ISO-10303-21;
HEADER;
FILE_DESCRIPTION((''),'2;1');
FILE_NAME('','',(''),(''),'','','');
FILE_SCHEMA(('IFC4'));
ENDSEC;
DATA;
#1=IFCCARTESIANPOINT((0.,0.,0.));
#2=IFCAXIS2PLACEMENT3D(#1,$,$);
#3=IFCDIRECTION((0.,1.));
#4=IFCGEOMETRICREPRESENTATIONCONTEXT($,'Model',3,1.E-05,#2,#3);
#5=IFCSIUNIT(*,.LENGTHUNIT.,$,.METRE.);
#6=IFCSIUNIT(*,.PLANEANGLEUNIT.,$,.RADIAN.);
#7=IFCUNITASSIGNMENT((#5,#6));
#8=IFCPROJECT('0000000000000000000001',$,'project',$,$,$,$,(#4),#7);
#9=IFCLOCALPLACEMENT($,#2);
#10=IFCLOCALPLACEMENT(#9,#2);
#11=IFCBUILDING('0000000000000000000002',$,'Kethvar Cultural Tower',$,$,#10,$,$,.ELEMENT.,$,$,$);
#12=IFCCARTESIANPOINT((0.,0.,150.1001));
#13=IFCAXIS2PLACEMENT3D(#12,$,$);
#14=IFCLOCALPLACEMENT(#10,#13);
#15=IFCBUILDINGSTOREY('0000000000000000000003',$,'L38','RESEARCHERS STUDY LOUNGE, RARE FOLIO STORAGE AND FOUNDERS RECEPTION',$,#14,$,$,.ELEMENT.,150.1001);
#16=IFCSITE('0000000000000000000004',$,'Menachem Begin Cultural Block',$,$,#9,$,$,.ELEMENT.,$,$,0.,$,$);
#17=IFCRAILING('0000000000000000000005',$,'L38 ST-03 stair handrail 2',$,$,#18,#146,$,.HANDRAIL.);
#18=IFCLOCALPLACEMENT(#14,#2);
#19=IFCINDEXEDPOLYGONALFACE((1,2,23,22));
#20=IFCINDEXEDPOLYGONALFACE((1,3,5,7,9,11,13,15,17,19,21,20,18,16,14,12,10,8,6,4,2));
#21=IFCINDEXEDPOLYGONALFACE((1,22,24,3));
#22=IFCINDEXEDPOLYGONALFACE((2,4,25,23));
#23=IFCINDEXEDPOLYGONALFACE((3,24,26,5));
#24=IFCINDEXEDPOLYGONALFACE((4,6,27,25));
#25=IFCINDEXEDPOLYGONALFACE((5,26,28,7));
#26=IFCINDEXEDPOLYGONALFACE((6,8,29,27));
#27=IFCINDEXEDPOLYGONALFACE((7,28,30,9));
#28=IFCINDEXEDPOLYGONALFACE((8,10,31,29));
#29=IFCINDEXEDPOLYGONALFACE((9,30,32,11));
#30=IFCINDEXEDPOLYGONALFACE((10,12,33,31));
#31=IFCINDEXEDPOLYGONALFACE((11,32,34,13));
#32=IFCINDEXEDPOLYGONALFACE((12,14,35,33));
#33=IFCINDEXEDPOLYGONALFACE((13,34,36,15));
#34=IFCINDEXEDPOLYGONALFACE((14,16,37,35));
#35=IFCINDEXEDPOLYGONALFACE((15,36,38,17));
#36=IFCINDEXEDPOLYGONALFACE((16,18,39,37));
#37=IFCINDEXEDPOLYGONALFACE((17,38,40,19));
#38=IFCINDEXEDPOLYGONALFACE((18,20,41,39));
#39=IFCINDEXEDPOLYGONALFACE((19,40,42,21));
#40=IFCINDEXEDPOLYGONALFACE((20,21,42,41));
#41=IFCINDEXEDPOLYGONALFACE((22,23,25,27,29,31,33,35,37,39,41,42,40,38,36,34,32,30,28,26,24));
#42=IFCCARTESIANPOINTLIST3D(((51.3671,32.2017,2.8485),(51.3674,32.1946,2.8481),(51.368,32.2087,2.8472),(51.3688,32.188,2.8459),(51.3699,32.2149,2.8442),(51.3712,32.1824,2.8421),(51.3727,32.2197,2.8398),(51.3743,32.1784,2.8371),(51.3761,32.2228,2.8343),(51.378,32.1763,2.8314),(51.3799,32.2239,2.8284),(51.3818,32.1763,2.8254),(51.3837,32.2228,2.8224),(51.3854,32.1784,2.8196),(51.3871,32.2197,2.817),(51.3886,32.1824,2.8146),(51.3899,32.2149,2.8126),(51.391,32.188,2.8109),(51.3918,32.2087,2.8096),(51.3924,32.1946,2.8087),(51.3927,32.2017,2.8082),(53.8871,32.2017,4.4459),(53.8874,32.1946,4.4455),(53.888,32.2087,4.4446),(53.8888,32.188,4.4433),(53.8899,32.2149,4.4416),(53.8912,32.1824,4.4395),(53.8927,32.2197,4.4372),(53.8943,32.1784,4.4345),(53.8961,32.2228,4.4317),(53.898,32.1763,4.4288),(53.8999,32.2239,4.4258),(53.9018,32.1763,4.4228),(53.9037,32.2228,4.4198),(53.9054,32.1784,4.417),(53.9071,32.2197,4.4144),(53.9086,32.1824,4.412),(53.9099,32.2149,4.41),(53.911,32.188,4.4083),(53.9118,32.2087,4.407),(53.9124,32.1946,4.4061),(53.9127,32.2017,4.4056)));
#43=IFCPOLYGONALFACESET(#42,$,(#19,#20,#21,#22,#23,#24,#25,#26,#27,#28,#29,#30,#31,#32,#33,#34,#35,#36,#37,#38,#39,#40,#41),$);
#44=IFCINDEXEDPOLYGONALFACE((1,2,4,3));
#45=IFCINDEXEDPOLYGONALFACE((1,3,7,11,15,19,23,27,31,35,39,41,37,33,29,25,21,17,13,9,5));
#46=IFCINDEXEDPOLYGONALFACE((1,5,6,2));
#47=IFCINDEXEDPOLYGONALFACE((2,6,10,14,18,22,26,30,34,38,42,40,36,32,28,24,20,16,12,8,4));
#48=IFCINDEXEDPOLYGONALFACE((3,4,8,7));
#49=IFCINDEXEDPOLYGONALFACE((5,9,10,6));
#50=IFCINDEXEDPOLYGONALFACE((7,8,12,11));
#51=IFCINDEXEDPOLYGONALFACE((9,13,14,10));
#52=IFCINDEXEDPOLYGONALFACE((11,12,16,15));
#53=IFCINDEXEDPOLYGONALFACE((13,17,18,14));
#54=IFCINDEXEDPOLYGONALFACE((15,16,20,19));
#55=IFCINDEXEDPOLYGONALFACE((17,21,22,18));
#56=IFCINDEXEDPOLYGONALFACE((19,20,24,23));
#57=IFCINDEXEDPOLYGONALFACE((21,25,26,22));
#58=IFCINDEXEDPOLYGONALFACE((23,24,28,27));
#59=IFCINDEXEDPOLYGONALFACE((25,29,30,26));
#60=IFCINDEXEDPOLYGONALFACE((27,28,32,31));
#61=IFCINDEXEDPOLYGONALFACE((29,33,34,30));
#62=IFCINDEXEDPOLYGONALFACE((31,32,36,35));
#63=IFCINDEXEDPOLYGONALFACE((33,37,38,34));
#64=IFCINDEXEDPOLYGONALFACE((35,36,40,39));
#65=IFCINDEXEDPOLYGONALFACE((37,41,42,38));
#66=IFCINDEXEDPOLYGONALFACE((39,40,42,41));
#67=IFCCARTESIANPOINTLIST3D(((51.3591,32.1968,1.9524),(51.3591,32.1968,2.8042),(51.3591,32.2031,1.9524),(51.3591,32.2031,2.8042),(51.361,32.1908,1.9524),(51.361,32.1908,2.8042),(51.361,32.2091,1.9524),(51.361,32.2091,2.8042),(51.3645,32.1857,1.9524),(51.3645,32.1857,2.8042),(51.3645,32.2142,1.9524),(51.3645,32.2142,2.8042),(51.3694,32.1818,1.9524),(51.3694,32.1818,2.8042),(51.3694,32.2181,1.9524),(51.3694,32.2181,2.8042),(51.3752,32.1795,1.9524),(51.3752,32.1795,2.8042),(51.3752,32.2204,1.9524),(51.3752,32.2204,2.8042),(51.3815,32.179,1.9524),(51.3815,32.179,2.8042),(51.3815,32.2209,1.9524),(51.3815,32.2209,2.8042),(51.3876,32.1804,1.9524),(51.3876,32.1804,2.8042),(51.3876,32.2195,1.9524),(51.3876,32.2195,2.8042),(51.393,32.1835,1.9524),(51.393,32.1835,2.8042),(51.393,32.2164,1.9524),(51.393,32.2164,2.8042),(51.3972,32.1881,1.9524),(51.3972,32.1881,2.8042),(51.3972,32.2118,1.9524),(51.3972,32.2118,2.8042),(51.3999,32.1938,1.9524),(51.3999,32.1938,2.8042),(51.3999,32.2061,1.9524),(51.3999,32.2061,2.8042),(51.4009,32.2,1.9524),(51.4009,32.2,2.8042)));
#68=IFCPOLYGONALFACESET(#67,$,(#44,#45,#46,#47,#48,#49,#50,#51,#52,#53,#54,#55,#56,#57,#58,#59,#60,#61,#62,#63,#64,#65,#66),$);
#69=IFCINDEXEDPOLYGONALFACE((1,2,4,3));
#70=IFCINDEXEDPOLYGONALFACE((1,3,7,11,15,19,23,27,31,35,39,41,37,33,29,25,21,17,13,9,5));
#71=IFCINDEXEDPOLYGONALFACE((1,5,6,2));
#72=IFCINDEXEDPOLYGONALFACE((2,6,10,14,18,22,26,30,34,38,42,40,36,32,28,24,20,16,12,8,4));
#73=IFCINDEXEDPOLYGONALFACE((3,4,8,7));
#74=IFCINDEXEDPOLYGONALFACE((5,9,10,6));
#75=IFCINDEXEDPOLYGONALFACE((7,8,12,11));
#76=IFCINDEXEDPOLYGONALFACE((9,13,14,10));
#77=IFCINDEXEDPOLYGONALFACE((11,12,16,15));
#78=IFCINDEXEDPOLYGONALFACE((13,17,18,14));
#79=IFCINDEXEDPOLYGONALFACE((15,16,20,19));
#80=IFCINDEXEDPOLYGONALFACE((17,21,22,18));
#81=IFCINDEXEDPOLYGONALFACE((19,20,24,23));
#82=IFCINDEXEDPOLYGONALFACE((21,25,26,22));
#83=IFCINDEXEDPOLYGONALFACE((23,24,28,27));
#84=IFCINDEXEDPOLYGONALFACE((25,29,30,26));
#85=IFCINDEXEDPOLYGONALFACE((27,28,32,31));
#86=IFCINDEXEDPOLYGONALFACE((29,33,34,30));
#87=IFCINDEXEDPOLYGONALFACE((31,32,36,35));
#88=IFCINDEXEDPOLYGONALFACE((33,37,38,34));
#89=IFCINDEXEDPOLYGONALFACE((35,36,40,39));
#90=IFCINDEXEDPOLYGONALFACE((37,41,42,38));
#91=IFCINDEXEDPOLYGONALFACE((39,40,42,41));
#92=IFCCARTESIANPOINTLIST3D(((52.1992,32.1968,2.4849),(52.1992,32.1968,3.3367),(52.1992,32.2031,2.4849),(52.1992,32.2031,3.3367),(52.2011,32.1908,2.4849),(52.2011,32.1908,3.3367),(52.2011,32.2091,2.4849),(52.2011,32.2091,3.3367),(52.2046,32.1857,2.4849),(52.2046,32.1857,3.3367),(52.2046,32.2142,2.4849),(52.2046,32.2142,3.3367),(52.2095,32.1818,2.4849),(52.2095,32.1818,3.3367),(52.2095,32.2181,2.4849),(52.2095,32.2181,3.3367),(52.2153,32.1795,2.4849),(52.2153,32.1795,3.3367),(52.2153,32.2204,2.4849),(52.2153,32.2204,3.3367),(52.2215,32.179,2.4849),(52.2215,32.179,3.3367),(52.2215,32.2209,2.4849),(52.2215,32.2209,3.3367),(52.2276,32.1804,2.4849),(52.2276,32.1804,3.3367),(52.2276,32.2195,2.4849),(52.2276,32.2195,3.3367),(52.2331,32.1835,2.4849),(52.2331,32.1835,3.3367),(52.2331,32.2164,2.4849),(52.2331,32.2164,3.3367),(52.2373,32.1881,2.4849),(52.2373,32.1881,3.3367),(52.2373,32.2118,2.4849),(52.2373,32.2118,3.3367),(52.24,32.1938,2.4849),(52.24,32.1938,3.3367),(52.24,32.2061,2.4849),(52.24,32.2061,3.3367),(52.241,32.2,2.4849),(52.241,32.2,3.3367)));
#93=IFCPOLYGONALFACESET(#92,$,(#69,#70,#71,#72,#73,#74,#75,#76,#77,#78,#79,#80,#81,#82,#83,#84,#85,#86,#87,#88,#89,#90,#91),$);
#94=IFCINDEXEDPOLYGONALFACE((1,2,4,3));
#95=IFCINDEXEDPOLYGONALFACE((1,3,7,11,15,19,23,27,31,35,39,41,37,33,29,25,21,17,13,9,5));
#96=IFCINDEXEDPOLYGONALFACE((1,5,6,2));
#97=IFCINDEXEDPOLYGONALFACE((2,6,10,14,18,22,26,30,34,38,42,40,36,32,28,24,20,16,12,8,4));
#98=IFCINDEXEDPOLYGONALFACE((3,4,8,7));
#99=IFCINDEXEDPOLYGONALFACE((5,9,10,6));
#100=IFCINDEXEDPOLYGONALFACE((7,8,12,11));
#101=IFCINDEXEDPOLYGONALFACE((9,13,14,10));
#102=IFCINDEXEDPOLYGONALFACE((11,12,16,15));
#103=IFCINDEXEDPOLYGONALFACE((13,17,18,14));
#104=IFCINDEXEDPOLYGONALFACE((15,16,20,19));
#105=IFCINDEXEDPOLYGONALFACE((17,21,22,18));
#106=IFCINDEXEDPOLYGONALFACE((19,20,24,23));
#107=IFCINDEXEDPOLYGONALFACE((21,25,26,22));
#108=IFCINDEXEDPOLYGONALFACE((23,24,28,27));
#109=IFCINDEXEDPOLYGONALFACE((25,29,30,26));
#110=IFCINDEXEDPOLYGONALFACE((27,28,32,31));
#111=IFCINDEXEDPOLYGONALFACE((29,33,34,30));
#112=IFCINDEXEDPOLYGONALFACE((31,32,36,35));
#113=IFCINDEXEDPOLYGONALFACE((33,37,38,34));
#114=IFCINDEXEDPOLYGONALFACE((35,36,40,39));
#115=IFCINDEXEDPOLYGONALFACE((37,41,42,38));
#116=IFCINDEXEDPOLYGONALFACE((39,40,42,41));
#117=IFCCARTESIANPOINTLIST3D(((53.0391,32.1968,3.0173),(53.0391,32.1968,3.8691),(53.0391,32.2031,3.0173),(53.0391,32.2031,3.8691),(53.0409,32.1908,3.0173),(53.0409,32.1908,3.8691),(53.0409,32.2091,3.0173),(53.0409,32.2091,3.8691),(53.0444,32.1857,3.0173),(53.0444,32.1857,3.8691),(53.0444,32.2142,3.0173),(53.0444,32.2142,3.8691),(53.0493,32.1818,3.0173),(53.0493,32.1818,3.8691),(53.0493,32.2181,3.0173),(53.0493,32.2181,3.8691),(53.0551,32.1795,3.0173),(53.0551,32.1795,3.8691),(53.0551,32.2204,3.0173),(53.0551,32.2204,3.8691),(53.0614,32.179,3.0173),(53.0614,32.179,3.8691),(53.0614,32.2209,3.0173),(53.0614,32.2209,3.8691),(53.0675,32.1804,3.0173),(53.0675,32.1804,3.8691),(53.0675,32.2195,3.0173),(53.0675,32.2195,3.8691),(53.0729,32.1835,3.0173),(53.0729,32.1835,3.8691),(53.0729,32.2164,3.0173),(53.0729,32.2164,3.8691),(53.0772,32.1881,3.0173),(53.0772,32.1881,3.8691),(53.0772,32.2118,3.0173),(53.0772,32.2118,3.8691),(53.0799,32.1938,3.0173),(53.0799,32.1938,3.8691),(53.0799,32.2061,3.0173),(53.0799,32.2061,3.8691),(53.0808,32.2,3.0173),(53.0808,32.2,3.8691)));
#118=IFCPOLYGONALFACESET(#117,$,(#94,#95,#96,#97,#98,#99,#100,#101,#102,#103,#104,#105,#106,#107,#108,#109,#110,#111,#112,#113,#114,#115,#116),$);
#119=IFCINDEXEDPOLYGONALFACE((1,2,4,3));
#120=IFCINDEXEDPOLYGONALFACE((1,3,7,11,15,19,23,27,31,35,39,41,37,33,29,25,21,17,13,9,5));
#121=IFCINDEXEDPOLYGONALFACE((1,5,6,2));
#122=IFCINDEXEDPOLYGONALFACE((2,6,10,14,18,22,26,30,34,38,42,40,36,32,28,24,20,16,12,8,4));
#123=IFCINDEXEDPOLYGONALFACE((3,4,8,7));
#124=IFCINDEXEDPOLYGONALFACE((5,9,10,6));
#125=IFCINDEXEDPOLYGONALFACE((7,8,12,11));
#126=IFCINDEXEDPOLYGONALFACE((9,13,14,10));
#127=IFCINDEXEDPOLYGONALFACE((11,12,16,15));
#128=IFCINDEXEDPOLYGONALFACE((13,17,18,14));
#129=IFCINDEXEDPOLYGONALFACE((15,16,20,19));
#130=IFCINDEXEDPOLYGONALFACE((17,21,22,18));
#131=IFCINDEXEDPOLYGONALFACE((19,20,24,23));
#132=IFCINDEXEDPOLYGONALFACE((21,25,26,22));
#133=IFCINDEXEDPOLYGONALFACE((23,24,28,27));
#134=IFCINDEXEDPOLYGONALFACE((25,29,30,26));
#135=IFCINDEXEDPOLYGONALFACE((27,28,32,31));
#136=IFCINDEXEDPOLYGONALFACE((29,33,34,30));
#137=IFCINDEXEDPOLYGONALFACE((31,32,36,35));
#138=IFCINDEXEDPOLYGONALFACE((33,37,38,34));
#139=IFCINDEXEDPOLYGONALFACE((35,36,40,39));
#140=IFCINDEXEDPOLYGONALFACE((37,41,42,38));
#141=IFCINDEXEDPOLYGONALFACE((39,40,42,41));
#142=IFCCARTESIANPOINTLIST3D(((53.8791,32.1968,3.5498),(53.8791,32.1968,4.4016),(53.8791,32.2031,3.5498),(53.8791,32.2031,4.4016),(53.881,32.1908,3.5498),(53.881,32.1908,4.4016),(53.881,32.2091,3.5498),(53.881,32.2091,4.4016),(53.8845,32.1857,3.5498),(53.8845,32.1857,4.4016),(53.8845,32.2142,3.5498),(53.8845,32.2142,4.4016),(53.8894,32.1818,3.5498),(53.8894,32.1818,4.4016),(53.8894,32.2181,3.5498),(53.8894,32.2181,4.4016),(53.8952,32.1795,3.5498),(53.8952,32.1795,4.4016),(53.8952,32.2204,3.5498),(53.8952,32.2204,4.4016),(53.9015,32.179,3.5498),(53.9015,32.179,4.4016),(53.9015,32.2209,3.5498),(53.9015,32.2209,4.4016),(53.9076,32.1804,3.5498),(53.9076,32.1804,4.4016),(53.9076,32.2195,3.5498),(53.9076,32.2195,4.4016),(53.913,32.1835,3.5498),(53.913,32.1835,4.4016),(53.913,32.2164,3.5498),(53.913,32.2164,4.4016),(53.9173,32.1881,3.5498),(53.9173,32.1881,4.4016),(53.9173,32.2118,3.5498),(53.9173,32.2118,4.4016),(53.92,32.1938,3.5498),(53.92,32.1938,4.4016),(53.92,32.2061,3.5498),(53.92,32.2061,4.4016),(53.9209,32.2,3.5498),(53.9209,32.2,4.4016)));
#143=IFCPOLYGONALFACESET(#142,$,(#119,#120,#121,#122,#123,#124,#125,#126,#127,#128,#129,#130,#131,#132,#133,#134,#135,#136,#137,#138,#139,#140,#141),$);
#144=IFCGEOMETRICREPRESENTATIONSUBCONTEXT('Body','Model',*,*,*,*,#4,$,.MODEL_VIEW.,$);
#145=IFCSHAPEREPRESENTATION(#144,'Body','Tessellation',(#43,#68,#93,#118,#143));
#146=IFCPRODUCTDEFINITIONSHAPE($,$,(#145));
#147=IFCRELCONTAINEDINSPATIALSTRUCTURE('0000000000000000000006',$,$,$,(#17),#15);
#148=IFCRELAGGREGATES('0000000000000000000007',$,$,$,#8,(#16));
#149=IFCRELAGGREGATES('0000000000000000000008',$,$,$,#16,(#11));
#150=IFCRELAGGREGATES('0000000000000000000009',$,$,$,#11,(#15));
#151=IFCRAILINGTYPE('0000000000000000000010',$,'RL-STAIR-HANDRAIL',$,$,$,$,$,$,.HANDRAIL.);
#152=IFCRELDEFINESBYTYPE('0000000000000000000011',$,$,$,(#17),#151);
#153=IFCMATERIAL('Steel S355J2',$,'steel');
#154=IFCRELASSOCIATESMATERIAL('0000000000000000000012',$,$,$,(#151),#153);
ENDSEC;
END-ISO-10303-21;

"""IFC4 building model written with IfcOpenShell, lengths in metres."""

from ifc_helpers import new_model, si_unit, direction, frame, origin, origin_2d, place, context, subcontext, project, spatial, circle, extrude, material, type_object, element, save


model = new_model("IFC4")

# Units and contexts
model_context = context("Model", 3, precision=1e-05, world=origin(), true_north=direction((0.0, 1.0)))
body_context = subcontext(model_context, "Body", "Model", "MODEL_VIEW")
ifc_project = project(units=[si_unit("LENGTHUNIT", "METRE"), si_unit("PLANEANGLEUNIT", "RADIAN")], contexts=[model_context])

# Site, building, storey
site_placement = place(None, origin())
site = spatial("IfcSite", under=ifc_project, at=site_placement, Name="Menachem Begin Cultural Block", CompositionType="ELEMENT", RefElevation=0.0)
building_placement = place(site_placement, origin())
building = spatial("IfcBuilding", under=site, at=building_placement, Name="Kethvar Cultural Tower", CompositionType="ELEMENT")
storey_placement = place(building_placement, frame((0.0, 0.0, 150.1001)))
storey = spatial("IfcBuildingStorey", under=building, at=storey_placement, Name="L38", Description="RESEARCHERS STUDY LOUNGE, RARE FOLIO STORAGE AND FOUNDERS RECEPTION", CompositionType="ELEMENT", Elevation=150.1001)

# Shared definitions
ifc_material_1 = material(Name="Steel S355J2", Category="steel")

# Railing
railing_type_1 = type_object("IfcRailingType", Name="RL-STAIR-HANDRAIL", PredefinedType="HANDRAIL", material=ifc_material_1)
railing_1_placement = place(storey_placement, frame((51.3799, 32.2, 1.9524)))
element("IfcRailing", 1, at=railing_1_placement, inside=storey, type_object=railing_type_1, Name="L38 ST-03 stair handrail 2", PredefinedType="HANDRAIL", context=body_context, shape_type="SweptSolid", body=[
    extrude(circle(Radius=0.0239, at=origin_2d()), frame((0.0, 0.0, 0.876), z_axis=(0.844607, 0.0, 0.535387), x_axis=(0.0, 1.0, 0.0)), (0.0, 0.0, 1.0), 2.9836),
    extrude(circle(Radius=0.021, at=origin_2d()), origin(), (0.0, 0.0, 1.0), 0.8518),
    extrude(circle(Radius=0.021, at=origin_2d()), frame((0.8401, 0.0, 0.5325)), (0.0, 0.0, 1.0), 0.8518),
    extrude(circle(Radius=0.021, at=origin_2d()), frame((1.6799, 0.0, 1.0649)), (0.0, 0.0, 1.0), 0.8518),
    extrude(circle(Radius=0.021, at=origin_2d()), frame((2.52, 0.0, 1.5974)), (0.0, 0.0, 1.0), 0.8518),
])

save(model, "model.ifc")
